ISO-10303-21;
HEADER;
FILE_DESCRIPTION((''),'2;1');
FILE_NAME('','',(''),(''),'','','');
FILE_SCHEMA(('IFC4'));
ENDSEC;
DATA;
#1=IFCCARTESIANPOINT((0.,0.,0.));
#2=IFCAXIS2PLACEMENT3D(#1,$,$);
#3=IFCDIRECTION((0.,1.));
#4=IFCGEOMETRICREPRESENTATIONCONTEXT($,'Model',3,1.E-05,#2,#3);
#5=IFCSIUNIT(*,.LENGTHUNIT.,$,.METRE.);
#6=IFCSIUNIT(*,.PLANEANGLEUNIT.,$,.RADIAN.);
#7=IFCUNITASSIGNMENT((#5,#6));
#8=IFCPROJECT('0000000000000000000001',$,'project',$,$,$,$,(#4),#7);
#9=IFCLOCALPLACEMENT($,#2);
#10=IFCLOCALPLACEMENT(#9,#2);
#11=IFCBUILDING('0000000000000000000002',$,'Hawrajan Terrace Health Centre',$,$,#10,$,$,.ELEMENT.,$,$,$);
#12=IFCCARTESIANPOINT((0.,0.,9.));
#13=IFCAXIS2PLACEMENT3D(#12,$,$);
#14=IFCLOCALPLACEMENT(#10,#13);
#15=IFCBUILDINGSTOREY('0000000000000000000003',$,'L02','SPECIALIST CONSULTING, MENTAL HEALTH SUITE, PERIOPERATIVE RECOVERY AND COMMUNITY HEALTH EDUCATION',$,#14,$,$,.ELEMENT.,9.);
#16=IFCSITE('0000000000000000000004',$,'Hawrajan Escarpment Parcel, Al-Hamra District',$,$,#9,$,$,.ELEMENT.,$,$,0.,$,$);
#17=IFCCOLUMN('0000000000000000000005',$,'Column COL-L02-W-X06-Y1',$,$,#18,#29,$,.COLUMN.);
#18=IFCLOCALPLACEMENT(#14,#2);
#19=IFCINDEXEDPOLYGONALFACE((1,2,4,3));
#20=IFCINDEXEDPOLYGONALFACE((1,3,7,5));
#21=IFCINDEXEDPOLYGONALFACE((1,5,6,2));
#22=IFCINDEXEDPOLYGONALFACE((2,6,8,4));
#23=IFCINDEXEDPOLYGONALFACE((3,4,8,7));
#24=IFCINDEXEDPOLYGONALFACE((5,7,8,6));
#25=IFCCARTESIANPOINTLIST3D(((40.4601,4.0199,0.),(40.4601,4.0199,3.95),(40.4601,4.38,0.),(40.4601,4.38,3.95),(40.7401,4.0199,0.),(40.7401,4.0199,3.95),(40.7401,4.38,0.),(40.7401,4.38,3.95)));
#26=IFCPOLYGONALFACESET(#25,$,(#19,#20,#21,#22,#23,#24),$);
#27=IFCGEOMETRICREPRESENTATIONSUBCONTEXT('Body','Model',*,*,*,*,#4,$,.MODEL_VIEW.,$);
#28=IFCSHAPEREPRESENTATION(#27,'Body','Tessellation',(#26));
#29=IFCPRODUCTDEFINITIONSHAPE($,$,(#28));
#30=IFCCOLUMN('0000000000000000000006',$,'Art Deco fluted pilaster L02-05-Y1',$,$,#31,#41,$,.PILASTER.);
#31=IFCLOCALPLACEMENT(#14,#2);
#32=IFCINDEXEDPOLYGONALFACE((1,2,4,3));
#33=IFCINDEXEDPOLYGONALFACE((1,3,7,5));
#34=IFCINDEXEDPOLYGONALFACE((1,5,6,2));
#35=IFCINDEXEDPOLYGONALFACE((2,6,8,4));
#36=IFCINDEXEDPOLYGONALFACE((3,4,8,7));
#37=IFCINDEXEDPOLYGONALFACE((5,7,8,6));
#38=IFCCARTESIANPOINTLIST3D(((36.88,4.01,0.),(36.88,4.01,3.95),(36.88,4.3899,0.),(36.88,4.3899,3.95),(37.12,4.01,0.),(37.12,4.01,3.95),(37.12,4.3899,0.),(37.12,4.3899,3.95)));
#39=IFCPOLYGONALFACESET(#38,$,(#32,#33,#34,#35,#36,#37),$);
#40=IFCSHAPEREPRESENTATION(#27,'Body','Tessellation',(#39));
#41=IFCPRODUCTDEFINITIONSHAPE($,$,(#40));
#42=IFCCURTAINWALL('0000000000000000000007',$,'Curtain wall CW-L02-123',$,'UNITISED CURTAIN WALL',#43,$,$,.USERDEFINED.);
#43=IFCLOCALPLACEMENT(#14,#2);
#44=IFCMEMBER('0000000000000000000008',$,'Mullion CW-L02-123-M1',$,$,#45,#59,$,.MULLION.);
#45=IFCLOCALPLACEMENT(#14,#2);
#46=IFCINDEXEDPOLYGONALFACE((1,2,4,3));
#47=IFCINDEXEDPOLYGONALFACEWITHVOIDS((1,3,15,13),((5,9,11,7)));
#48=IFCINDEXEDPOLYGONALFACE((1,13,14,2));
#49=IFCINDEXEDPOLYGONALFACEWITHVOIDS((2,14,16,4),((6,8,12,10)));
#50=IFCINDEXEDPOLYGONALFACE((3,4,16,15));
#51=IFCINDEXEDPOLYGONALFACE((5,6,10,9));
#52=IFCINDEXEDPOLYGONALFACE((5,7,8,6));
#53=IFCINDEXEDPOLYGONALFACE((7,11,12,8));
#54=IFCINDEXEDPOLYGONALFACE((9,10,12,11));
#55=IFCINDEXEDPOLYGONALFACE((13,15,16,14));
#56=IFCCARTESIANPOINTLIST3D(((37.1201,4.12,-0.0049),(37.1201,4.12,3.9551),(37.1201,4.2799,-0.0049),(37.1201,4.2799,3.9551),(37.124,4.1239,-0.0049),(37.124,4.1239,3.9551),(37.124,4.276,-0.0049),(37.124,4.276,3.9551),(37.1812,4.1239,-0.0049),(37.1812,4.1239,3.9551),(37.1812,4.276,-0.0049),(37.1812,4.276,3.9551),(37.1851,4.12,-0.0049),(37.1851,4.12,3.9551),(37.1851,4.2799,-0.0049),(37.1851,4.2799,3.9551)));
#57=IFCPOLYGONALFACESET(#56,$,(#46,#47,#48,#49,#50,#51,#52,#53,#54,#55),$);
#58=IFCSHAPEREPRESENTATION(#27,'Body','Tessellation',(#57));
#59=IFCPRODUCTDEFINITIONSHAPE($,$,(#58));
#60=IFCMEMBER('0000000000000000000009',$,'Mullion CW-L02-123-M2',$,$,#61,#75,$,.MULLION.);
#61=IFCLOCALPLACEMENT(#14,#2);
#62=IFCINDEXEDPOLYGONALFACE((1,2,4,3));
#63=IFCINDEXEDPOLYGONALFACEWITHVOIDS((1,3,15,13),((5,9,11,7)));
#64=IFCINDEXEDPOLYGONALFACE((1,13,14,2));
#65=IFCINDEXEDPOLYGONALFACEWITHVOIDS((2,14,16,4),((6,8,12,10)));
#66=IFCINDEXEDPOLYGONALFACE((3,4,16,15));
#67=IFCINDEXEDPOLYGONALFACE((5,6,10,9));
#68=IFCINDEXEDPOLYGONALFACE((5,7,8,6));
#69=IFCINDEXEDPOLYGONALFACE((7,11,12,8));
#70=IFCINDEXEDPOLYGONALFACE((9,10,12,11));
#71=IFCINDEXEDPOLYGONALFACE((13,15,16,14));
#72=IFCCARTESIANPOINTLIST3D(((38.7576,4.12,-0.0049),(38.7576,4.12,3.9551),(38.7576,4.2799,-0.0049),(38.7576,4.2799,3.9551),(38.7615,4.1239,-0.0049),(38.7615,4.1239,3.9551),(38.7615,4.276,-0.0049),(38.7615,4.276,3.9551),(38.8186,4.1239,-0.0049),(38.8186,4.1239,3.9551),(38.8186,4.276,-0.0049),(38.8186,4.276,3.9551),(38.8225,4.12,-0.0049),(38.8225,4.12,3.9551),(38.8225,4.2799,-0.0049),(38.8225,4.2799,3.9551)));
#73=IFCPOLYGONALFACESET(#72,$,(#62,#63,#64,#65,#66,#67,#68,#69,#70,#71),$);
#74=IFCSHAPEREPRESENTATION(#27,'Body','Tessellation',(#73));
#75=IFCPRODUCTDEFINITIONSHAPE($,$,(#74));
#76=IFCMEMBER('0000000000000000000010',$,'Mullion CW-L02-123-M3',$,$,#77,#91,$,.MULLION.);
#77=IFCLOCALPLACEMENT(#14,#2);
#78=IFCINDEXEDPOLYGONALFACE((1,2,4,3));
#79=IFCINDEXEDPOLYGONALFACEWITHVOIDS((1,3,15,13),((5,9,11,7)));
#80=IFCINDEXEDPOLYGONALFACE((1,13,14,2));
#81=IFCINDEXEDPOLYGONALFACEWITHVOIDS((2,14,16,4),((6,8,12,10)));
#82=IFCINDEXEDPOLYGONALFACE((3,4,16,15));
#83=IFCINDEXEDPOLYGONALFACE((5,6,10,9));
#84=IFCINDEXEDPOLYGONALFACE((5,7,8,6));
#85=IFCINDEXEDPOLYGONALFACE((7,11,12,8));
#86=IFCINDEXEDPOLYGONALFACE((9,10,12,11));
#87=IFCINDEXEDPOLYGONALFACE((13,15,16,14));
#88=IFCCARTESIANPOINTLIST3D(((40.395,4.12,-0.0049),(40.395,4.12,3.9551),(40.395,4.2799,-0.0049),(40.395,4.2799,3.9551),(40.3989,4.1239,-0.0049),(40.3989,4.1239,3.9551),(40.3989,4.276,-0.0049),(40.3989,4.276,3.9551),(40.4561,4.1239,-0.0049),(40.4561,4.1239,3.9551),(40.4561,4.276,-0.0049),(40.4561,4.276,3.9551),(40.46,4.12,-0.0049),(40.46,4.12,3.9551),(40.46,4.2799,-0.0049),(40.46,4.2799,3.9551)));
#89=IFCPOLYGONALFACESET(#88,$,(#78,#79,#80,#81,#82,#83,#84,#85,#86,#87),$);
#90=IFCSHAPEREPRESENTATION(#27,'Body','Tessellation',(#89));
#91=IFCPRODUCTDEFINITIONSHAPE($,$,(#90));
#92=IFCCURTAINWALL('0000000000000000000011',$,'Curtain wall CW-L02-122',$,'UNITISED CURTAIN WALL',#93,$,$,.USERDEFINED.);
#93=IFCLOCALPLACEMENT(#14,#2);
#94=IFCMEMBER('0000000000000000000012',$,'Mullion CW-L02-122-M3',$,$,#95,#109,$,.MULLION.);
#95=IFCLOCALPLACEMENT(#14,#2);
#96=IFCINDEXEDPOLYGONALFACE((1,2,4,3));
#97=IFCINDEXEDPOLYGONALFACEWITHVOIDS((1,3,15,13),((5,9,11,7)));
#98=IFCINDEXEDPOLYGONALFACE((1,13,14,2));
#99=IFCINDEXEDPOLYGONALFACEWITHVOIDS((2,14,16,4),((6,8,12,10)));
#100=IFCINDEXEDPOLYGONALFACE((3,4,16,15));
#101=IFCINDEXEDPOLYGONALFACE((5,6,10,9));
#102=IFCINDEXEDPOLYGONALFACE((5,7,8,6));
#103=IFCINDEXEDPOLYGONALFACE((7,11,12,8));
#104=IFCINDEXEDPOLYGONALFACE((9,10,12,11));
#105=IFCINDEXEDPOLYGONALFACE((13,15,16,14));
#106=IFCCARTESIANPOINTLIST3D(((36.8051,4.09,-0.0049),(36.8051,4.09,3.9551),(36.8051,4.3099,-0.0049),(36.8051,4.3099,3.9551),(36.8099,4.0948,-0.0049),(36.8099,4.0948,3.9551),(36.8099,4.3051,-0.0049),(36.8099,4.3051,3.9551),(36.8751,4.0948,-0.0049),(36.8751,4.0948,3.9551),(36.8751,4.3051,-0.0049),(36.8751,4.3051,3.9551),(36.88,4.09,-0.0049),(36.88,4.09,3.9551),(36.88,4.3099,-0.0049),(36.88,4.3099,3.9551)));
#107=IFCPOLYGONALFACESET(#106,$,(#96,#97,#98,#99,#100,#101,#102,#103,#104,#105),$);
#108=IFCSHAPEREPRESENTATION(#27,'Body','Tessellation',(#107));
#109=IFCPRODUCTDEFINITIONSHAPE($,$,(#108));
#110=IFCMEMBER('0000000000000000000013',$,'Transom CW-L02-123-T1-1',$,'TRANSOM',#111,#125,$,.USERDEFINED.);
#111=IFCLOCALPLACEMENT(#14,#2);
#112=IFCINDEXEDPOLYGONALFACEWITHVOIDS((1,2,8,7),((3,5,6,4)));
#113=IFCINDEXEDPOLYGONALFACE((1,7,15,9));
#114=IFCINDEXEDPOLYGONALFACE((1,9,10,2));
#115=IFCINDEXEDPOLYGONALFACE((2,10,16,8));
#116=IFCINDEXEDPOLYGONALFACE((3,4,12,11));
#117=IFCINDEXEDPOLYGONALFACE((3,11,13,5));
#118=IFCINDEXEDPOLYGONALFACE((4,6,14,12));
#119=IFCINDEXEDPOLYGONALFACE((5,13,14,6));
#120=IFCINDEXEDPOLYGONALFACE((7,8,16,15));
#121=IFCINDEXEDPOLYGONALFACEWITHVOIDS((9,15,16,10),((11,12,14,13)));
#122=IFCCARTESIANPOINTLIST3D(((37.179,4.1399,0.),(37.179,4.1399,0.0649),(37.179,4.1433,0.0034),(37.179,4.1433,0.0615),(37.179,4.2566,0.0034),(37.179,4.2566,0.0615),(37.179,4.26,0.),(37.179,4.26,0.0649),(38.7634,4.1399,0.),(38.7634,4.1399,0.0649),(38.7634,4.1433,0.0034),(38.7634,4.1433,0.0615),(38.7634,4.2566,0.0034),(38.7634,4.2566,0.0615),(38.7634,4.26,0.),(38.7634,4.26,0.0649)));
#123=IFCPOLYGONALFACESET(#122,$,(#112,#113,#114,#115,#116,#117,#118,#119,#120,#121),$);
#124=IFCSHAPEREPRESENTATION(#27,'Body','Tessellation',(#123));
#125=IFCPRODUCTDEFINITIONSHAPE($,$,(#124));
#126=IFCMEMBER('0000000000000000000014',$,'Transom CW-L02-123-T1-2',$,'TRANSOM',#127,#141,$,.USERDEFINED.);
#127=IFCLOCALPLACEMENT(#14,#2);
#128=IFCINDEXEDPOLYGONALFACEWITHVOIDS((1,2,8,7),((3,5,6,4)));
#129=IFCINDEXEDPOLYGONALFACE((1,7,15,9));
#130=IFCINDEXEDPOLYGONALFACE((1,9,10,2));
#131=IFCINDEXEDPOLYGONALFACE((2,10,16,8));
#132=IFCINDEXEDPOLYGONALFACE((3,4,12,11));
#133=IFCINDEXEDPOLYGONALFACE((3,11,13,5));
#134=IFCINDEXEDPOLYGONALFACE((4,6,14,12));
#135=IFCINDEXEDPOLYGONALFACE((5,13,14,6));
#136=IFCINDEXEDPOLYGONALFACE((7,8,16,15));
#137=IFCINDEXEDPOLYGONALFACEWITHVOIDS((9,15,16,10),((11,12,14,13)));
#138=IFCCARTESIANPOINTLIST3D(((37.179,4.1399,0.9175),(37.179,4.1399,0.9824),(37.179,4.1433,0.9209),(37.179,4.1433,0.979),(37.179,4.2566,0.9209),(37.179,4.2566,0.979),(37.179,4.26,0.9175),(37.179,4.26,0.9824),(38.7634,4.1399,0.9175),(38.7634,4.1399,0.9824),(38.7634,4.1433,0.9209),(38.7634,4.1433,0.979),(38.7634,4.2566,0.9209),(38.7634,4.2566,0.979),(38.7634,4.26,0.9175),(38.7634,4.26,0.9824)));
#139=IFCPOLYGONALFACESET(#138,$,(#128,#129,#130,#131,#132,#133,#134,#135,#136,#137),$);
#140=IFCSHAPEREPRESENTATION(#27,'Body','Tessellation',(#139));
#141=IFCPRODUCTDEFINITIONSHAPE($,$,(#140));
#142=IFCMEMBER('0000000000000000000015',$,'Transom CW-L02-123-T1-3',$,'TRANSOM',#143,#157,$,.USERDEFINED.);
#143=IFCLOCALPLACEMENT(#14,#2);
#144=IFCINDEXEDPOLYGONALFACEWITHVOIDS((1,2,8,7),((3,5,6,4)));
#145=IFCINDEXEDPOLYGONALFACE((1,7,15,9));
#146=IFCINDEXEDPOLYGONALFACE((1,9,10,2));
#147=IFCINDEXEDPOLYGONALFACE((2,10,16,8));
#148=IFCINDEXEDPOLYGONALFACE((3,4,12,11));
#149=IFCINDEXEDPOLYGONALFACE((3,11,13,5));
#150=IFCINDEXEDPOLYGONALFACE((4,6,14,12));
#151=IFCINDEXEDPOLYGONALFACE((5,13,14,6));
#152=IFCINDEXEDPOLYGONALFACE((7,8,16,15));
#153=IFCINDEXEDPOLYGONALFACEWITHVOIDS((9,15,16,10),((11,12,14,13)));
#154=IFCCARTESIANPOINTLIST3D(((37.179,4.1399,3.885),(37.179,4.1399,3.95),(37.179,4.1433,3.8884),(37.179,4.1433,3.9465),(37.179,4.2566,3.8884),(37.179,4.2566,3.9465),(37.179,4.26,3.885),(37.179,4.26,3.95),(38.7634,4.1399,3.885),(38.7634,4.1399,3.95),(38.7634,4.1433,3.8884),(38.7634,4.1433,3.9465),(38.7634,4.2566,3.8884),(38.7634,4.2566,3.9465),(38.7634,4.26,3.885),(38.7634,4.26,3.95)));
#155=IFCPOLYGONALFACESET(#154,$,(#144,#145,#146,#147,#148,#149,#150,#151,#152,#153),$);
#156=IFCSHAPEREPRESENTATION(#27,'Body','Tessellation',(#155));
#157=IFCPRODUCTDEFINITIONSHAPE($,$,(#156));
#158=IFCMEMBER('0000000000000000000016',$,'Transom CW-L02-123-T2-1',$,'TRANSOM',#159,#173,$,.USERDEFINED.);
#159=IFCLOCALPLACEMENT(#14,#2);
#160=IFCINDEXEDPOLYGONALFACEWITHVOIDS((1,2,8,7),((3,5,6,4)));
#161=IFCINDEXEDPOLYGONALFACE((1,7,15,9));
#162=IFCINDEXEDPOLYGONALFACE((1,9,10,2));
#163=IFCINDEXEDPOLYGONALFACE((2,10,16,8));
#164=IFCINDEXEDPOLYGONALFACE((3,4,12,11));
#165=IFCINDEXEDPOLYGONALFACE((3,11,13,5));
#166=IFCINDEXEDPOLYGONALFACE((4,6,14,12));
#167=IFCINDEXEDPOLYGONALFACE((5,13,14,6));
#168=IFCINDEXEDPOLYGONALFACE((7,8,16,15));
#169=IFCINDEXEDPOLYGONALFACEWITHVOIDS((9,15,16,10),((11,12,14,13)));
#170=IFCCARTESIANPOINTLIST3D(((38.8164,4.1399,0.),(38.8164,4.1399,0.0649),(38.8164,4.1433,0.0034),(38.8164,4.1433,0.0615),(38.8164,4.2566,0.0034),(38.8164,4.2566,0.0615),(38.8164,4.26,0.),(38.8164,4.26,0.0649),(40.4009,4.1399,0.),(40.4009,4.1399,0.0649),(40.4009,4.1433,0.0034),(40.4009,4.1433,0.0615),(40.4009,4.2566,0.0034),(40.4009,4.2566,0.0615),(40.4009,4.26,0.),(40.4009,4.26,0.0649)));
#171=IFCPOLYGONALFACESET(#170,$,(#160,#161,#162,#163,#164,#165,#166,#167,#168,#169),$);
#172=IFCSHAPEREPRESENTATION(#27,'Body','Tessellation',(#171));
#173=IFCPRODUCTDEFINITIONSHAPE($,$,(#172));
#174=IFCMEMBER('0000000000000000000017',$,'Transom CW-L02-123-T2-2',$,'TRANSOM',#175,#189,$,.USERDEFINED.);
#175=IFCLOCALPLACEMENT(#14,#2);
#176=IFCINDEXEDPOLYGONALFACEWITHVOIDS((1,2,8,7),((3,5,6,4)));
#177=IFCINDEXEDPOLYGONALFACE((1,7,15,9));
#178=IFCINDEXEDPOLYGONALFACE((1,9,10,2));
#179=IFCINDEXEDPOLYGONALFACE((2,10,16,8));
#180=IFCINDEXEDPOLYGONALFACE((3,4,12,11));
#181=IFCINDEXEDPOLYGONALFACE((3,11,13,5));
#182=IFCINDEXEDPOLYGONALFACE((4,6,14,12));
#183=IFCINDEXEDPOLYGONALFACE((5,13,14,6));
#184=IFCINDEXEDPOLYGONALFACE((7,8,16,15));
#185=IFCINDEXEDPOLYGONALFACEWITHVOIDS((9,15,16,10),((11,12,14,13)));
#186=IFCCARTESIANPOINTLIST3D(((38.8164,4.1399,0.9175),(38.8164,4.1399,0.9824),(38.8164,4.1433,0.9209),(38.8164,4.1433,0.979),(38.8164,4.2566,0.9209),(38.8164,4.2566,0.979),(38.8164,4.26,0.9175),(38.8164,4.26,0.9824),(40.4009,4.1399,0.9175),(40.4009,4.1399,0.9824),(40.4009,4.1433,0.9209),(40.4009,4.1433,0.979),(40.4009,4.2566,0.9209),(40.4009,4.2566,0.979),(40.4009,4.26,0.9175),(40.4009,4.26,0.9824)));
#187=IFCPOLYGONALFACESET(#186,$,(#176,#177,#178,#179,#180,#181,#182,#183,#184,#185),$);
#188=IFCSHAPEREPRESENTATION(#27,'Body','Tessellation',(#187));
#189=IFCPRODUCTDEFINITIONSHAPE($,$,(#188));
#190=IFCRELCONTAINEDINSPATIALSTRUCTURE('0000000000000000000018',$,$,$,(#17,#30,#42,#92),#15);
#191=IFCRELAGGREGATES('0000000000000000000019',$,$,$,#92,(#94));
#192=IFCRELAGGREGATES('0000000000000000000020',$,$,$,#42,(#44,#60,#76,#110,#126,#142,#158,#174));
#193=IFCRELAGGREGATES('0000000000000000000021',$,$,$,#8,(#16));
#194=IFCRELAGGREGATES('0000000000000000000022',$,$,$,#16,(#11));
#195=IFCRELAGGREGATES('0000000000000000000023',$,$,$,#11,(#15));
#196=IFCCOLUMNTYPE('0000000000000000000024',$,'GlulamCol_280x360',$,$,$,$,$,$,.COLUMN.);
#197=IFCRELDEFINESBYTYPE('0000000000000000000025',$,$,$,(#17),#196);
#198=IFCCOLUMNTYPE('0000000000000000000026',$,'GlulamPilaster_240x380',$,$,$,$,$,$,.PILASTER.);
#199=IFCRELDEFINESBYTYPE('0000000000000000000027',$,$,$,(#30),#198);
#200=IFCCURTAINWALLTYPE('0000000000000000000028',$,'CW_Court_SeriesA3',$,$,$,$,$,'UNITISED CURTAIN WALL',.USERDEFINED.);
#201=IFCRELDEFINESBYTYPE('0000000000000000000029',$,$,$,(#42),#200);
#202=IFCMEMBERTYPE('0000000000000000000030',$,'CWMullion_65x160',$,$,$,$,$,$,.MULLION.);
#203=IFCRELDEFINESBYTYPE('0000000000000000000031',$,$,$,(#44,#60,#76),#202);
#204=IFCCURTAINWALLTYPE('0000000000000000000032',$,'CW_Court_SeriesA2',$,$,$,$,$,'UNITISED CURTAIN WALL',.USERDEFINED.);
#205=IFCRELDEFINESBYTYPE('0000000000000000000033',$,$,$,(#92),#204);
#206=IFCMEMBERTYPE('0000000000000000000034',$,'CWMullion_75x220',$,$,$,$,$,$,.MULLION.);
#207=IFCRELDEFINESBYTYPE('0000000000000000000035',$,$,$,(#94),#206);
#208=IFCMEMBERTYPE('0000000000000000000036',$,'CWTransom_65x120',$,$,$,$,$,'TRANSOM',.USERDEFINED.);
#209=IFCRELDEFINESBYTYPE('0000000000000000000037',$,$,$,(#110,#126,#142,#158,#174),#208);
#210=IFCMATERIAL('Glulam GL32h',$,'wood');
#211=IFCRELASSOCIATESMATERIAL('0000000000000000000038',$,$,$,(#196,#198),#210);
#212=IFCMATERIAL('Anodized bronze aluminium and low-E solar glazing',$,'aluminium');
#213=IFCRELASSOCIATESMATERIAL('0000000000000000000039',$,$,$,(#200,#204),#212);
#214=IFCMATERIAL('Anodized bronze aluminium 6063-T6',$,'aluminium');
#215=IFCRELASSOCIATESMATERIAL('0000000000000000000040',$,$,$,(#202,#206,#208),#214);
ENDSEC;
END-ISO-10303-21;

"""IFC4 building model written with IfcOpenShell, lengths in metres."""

from ifc_helpers import new_model, si_unit, direction, frame, origin, origin_2d, place, context, subcontext, project, spatial, rectangle, hollow_rectangle, extrude, material, material_profile, profile_set, type_object, element, aggregate, save


model = new_model("IFC4")

# Units and contexts
model_context = context("Model", 3, precision=1e-05, world=origin(), true_north=direction((0.0, 1.0)))
body_context = subcontext(model_context, "Body", "Model", "MODEL_VIEW")
ifc_project = project(units=[si_unit("LENGTHUNIT", "METRE"), si_unit("PLANEANGLEUNIT", "RADIAN")], contexts=[model_context])

# Site, building, storey
site_placement = place(None, origin())
site = spatial("IfcSite", under=ifc_project, at=site_placement, Name="Hawrajan Escarpment Parcel, Al-Hamra District", CompositionType="ELEMENT", RefElevation=0.0)
building_placement = place(site_placement, origin())
building = spatial("IfcBuilding", under=site, at=building_placement, Name="Hawrajan Terrace Health Centre", CompositionType="ELEMENT")
storey_placement = place(building_placement, frame((0.0, 0.0, 9.0)))
storey = spatial("IfcBuildingStorey", under=building, at=storey_placement, Name="L02", Description="SPECIALIST CONSULTING, MENTAL HEALTH SUITE, PERIOPERATIVE RECOVERY AND COMMUNITY HEALTH EDUCATION", CompositionType="ELEMENT", Elevation=9.0)

# Columns
ifc_material_1 = material(Name="Glulam GL32h", Category="wood")
ifc_material_profile_1 = material_profile(ifc_material_1, rectangle(XDim=0.28, YDim=0.3601, at=origin_2d()), Name="GL 280x360")
ifc_profile_set_1 = profile_set([ifc_material_profile_1], Name="Glulam GL32h")
column_type_1 = type_object("IfcColumnType", Name="GlulamCol_280x360", PredefinedType="COLUMN", material=ifc_profile_set_1)
column_1_placement = place(storey_placement, frame((40.6001, 4.2, 0.0), z_axis=(0.0, 0.0, 1.0), x_axis=(1.0, 0.0, 0.0)))
element("IfcColumn", 1, at=column_1_placement, inside=storey, type_object=column_type_1, Name="Column COL-L02-W-X06-Y1", PredefinedType="COLUMN", context=body_context, shape_type="SweptSolid", body=[
    extrude(rectangle(XDim=0.28, YDim=0.3601, at=origin_2d()), origin(), (0.0, 0.0, 1.0), 3.95),
])
ifc_material_profile_2 = material_profile(ifc_material_1, rectangle(XDim=0.24, YDim=0.3799, at=origin_2d()), Name="GL PIL 240x380")
ifc_profile_set_2 = profile_set([ifc_material_profile_2], Name="Glulam GL32h")
column_type_2 = type_object("IfcColumnType", Name="GlulamPilaster_240x380", PredefinedType="PILASTER", material=ifc_profile_set_2)
column_2_placement = place(storey_placement, frame((37.0, 4.2, 0.0), z_axis=(0.0, 0.0, 1.0), x_axis=(1.0, 0.0, 0.0)))
element("IfcColumn", 2, at=column_2_placement, inside=storey, type_object=column_type_2, Name="Art Deco fluted pilaster L02-05-Y1", PredefinedType="PILASTER", context=body_context, shape_type="SweptSolid", body=[
    extrude(rectangle(XDim=0.24, YDim=0.3799, at=origin_2d()), origin(), (0.0, 0.0, 1.0), 3.95),
])

# Curtain wall, members
ifc_material_2 = material(Name="Anodized bronze aluminium and low-E solar glazing", Category="aluminium")
curtain_wall_type_1 = type_object("IfcCurtainWallType", Name="CW_Court_SeriesA3", ElementType="UNITISED CURTAIN WALL", PredefinedType="USERDEFINED", material=ifc_material_2)
curtain_wall_1_placement = place(storey_placement, origin())
curtain_wall_1 = element("IfcCurtainWall", 3, at=curtain_wall_1_placement, inside=storey, type_object=curtain_wall_type_1, Name="Curtain wall CW-L02-123", ObjectType="UNITISED CURTAIN WALL", PredefinedType="USERDEFINED")
ifc_material_3 = material(Name="Anodized bronze aluminium 6063-T6", Category="aluminium")
ifc_material_profile_3 = material_profile(ifc_material_3, hollow_rectangle(XDim=0.0649, YDim=0.1599, WallThickness=0.0039, at=origin_2d()), Name="CW MUL 65x160")
ifc_profile_set_3 = profile_set([ifc_material_profile_3], Name="Anodized bronze aluminium 6063-T6")
member_type_1 = type_object("IfcMemberType", Name="CWMullion_65x160", PredefinedType="MULLION", material=ifc_profile_set_3)
member_1_placement = place(storey_placement, frame((37.1526, 4.2, -0.0049), z_axis=(0.0, 0.0, 1.0), x_axis=(1.0, 0.0, 0.0)))
member_1 = element("IfcMember", 4, at=member_1_placement, type_object=member_type_1, Name="Mullion CW-L02-123-M1", PredefinedType="MULLION", context=body_context, shape_type="SweptSolid", body=[
    extrude(hollow_rectangle(XDim=0.0649, YDim=0.1599, WallThickness=0.0039, at=origin_2d()), origin(), (0.0, 0.0, 1.0), 3.96),
])
member_2_placement = place(storey_placement, frame((38.79, 4.2, -0.0049), z_axis=(0.0, 0.0, 1.0), x_axis=(1.0, 0.0, 0.0)))
member_2 = element("IfcMember", 5, at=member_2_placement, type_object=member_type_1, Name="Mullion CW-L02-123-M2", PredefinedType="MULLION", context=body_context, shape_type="SweptSolid", body=[
    extrude(hollow_rectangle(XDim=0.0649, YDim=0.1599, WallThickness=0.0039, at=origin_2d()), origin(), (0.0, 0.0, 1.0), 3.96),
])
member_3_placement = place(storey_placement, frame((40.4275, 4.2, -0.0049), z_axis=(0.0, 0.0, 1.0), x_axis=(1.0, 0.0, 0.0)))
member_3 = element("IfcMember", 6, at=member_3_placement, type_object=member_type_1, Name="Mullion CW-L02-123-M3", PredefinedType="MULLION", context=body_context, shape_type="SweptSolid", body=[
    extrude(hollow_rectangle(XDim=0.0649, YDim=0.1599, WallThickness=0.0039, at=origin_2d()), origin(), (0.0, 0.0, 1.0), 3.96),
])

# Curtain wall, member
curtain_wall_type_2 = type_object("IfcCurtainWallType", Name="CW_Court_SeriesA2", ElementType="UNITISED CURTAIN WALL", PredefinedType="USERDEFINED", material=ifc_material_2)
curtain_wall_2_placement = place(storey_placement, origin())
curtain_wall_2 = element("IfcCurtainWall", 7, at=curtain_wall_2_placement, inside=storey, type_object=curtain_wall_type_2, Name="Curtain wall CW-L02-122", ObjectType="UNITISED CURTAIN WALL", PredefinedType="USERDEFINED")
ifc_material_profile_4 = material_profile(ifc_material_3, hollow_rectangle(XDim=0.075, YDim=0.22, WallThickness=0.0049, at=origin_2d()), Name="CW MUL 75x220")
ifc_profile_set_4 = profile_set([ifc_material_profile_4], Name="Anodized bronze aluminium 6063-T6")
member_type_2 = type_object("IfcMemberType", Name="CWMullion_75x220", PredefinedType="MULLION", material=ifc_profile_set_4)
member_4_placement = place(storey_placement, frame((36.8425, 4.2, -0.0049), z_axis=(0.0, 0.0, 1.0), x_axis=(1.0, 0.0, 0.0)))
member_4 = element("IfcMember", 8, at=member_4_placement, type_object=member_type_2, Name="Mullion CW-L02-122-M3", PredefinedType="MULLION", context=body_context, shape_type="SweptSolid", body=[
    extrude(hollow_rectangle(XDim=0.075, YDim=0.22, WallThickness=0.0049, at=origin_2d()), origin(), (0.0, 0.0, 1.0), 3.96),
])
aggregate(curtain_wall_2, [member_4])

# Members
ifc_material_profile_5 = material_profile(ifc_material_3, hollow_rectangle(XDim=0.0649, YDim=0.1201, WallThickness=0.0034, at=origin_2d()), Name="CW TRN 65x120")
ifc_profile_set_5 = profile_set([ifc_material_profile_5], Name="Anodized bronze aluminium 6063-T6")
member_type_3 = type_object("IfcMemberType", Name="CWTransom_65x120", ElementType="TRANSOM", PredefinedType="USERDEFINED", material=ifc_profile_set_5)
member_5_placement = place(storey_placement, frame((37.179, 4.2, 0.0325), z_axis=(1.0, 0.0, 0.0), x_axis=(0.0, 0.0, 1.0)))
member_5 = element("IfcMember", 9, at=member_5_placement, type_object=member_type_3, Name="Transom CW-L02-123-T1-1", ObjectType="TRANSOM", PredefinedType="USERDEFINED", context=body_context, shape_type="SweptSolid", body=[
    extrude(hollow_rectangle(XDim=0.0649, YDim=0.1201, WallThickness=0.0034, at=origin_2d()), origin(), (0.0, 0.0, 1.0), 1.5845),
])
member_6_placement = place(storey_placement, frame((37.179, 4.2, 0.95), z_axis=(1.0, 0.0, 0.0), x_axis=(0.0, 0.0, 1.0)))
member_6 = element("IfcMember", 10, at=member_6_placement, type_object=member_type_3, Name="Transom CW-L02-123-T1-2", ObjectType="TRANSOM", PredefinedType="USERDEFINED", context=body_context, shape_type="SweptSolid", body=[
    extrude(hollow_rectangle(XDim=0.0649, YDim=0.1201, WallThickness=0.0034, at=origin_2d()), origin(), (0.0, 0.0, 1.0), 1.5845),
])
member_7_placement = place(storey_placement, frame((37.179, 4.2, 3.9175), z_axis=(1.0, 0.0, 0.0), x_axis=(0.0, 0.0, 1.0)))
member_7 = element("IfcMember", 11, at=member_7_placement, type_object=member_type_3, Name="Transom CW-L02-123-T1-3", ObjectType="TRANSOM", PredefinedType="USERDEFINED", context=body_context, shape_type="SweptSolid", body=[
    extrude(hollow_rectangle(XDim=0.0649, YDim=0.1201, WallThickness=0.0034, at=origin_2d()), origin(), (0.0, 0.0, 1.0), 1.5845),
])
member_8_placement = place(storey_placement, frame((38.8164, 4.2, 0.0325), z_axis=(1.0, 0.0, 0.0), x_axis=(0.0, 0.0, 1.0)))
member_8 = element("IfcMember", 12, at=member_8_placement, type_object=member_type_3, Name="Transom CW-L02-123-T2-1", ObjectType="TRANSOM", PredefinedType="USERDEFINED", context=body_context, shape_type="SweptSolid", body=[
    extrude(hollow_rectangle(XDim=0.0649, YDim=0.1201, WallThickness=0.0034, at=origin_2d()), origin(), (0.0, 0.0, 1.0), 1.5845),
])
member_9_placement = place(storey_placement, frame((38.8164, 4.2, 0.95), z_axis=(1.0, 0.0, 0.0), x_axis=(0.0, 0.0, 1.0)))
member_9 = element("IfcMember", 13, at=member_9_placement, type_object=member_type_3, Name="Transom CW-L02-123-T2-2", ObjectType="TRANSOM", PredefinedType="USERDEFINED", context=body_context, shape_type="SweptSolid", body=[
    extrude(hollow_rectangle(XDim=0.0649, YDim=0.1201, WallThickness=0.0034, at=origin_2d()), origin(), (0.0, 0.0, 1.0), 1.5845),
])

aggregate(curtain_wall_1, [member_1, member_2, member_3, member_5, member_6, member_7, member_8, member_9])

save(model, "model.ifc")
